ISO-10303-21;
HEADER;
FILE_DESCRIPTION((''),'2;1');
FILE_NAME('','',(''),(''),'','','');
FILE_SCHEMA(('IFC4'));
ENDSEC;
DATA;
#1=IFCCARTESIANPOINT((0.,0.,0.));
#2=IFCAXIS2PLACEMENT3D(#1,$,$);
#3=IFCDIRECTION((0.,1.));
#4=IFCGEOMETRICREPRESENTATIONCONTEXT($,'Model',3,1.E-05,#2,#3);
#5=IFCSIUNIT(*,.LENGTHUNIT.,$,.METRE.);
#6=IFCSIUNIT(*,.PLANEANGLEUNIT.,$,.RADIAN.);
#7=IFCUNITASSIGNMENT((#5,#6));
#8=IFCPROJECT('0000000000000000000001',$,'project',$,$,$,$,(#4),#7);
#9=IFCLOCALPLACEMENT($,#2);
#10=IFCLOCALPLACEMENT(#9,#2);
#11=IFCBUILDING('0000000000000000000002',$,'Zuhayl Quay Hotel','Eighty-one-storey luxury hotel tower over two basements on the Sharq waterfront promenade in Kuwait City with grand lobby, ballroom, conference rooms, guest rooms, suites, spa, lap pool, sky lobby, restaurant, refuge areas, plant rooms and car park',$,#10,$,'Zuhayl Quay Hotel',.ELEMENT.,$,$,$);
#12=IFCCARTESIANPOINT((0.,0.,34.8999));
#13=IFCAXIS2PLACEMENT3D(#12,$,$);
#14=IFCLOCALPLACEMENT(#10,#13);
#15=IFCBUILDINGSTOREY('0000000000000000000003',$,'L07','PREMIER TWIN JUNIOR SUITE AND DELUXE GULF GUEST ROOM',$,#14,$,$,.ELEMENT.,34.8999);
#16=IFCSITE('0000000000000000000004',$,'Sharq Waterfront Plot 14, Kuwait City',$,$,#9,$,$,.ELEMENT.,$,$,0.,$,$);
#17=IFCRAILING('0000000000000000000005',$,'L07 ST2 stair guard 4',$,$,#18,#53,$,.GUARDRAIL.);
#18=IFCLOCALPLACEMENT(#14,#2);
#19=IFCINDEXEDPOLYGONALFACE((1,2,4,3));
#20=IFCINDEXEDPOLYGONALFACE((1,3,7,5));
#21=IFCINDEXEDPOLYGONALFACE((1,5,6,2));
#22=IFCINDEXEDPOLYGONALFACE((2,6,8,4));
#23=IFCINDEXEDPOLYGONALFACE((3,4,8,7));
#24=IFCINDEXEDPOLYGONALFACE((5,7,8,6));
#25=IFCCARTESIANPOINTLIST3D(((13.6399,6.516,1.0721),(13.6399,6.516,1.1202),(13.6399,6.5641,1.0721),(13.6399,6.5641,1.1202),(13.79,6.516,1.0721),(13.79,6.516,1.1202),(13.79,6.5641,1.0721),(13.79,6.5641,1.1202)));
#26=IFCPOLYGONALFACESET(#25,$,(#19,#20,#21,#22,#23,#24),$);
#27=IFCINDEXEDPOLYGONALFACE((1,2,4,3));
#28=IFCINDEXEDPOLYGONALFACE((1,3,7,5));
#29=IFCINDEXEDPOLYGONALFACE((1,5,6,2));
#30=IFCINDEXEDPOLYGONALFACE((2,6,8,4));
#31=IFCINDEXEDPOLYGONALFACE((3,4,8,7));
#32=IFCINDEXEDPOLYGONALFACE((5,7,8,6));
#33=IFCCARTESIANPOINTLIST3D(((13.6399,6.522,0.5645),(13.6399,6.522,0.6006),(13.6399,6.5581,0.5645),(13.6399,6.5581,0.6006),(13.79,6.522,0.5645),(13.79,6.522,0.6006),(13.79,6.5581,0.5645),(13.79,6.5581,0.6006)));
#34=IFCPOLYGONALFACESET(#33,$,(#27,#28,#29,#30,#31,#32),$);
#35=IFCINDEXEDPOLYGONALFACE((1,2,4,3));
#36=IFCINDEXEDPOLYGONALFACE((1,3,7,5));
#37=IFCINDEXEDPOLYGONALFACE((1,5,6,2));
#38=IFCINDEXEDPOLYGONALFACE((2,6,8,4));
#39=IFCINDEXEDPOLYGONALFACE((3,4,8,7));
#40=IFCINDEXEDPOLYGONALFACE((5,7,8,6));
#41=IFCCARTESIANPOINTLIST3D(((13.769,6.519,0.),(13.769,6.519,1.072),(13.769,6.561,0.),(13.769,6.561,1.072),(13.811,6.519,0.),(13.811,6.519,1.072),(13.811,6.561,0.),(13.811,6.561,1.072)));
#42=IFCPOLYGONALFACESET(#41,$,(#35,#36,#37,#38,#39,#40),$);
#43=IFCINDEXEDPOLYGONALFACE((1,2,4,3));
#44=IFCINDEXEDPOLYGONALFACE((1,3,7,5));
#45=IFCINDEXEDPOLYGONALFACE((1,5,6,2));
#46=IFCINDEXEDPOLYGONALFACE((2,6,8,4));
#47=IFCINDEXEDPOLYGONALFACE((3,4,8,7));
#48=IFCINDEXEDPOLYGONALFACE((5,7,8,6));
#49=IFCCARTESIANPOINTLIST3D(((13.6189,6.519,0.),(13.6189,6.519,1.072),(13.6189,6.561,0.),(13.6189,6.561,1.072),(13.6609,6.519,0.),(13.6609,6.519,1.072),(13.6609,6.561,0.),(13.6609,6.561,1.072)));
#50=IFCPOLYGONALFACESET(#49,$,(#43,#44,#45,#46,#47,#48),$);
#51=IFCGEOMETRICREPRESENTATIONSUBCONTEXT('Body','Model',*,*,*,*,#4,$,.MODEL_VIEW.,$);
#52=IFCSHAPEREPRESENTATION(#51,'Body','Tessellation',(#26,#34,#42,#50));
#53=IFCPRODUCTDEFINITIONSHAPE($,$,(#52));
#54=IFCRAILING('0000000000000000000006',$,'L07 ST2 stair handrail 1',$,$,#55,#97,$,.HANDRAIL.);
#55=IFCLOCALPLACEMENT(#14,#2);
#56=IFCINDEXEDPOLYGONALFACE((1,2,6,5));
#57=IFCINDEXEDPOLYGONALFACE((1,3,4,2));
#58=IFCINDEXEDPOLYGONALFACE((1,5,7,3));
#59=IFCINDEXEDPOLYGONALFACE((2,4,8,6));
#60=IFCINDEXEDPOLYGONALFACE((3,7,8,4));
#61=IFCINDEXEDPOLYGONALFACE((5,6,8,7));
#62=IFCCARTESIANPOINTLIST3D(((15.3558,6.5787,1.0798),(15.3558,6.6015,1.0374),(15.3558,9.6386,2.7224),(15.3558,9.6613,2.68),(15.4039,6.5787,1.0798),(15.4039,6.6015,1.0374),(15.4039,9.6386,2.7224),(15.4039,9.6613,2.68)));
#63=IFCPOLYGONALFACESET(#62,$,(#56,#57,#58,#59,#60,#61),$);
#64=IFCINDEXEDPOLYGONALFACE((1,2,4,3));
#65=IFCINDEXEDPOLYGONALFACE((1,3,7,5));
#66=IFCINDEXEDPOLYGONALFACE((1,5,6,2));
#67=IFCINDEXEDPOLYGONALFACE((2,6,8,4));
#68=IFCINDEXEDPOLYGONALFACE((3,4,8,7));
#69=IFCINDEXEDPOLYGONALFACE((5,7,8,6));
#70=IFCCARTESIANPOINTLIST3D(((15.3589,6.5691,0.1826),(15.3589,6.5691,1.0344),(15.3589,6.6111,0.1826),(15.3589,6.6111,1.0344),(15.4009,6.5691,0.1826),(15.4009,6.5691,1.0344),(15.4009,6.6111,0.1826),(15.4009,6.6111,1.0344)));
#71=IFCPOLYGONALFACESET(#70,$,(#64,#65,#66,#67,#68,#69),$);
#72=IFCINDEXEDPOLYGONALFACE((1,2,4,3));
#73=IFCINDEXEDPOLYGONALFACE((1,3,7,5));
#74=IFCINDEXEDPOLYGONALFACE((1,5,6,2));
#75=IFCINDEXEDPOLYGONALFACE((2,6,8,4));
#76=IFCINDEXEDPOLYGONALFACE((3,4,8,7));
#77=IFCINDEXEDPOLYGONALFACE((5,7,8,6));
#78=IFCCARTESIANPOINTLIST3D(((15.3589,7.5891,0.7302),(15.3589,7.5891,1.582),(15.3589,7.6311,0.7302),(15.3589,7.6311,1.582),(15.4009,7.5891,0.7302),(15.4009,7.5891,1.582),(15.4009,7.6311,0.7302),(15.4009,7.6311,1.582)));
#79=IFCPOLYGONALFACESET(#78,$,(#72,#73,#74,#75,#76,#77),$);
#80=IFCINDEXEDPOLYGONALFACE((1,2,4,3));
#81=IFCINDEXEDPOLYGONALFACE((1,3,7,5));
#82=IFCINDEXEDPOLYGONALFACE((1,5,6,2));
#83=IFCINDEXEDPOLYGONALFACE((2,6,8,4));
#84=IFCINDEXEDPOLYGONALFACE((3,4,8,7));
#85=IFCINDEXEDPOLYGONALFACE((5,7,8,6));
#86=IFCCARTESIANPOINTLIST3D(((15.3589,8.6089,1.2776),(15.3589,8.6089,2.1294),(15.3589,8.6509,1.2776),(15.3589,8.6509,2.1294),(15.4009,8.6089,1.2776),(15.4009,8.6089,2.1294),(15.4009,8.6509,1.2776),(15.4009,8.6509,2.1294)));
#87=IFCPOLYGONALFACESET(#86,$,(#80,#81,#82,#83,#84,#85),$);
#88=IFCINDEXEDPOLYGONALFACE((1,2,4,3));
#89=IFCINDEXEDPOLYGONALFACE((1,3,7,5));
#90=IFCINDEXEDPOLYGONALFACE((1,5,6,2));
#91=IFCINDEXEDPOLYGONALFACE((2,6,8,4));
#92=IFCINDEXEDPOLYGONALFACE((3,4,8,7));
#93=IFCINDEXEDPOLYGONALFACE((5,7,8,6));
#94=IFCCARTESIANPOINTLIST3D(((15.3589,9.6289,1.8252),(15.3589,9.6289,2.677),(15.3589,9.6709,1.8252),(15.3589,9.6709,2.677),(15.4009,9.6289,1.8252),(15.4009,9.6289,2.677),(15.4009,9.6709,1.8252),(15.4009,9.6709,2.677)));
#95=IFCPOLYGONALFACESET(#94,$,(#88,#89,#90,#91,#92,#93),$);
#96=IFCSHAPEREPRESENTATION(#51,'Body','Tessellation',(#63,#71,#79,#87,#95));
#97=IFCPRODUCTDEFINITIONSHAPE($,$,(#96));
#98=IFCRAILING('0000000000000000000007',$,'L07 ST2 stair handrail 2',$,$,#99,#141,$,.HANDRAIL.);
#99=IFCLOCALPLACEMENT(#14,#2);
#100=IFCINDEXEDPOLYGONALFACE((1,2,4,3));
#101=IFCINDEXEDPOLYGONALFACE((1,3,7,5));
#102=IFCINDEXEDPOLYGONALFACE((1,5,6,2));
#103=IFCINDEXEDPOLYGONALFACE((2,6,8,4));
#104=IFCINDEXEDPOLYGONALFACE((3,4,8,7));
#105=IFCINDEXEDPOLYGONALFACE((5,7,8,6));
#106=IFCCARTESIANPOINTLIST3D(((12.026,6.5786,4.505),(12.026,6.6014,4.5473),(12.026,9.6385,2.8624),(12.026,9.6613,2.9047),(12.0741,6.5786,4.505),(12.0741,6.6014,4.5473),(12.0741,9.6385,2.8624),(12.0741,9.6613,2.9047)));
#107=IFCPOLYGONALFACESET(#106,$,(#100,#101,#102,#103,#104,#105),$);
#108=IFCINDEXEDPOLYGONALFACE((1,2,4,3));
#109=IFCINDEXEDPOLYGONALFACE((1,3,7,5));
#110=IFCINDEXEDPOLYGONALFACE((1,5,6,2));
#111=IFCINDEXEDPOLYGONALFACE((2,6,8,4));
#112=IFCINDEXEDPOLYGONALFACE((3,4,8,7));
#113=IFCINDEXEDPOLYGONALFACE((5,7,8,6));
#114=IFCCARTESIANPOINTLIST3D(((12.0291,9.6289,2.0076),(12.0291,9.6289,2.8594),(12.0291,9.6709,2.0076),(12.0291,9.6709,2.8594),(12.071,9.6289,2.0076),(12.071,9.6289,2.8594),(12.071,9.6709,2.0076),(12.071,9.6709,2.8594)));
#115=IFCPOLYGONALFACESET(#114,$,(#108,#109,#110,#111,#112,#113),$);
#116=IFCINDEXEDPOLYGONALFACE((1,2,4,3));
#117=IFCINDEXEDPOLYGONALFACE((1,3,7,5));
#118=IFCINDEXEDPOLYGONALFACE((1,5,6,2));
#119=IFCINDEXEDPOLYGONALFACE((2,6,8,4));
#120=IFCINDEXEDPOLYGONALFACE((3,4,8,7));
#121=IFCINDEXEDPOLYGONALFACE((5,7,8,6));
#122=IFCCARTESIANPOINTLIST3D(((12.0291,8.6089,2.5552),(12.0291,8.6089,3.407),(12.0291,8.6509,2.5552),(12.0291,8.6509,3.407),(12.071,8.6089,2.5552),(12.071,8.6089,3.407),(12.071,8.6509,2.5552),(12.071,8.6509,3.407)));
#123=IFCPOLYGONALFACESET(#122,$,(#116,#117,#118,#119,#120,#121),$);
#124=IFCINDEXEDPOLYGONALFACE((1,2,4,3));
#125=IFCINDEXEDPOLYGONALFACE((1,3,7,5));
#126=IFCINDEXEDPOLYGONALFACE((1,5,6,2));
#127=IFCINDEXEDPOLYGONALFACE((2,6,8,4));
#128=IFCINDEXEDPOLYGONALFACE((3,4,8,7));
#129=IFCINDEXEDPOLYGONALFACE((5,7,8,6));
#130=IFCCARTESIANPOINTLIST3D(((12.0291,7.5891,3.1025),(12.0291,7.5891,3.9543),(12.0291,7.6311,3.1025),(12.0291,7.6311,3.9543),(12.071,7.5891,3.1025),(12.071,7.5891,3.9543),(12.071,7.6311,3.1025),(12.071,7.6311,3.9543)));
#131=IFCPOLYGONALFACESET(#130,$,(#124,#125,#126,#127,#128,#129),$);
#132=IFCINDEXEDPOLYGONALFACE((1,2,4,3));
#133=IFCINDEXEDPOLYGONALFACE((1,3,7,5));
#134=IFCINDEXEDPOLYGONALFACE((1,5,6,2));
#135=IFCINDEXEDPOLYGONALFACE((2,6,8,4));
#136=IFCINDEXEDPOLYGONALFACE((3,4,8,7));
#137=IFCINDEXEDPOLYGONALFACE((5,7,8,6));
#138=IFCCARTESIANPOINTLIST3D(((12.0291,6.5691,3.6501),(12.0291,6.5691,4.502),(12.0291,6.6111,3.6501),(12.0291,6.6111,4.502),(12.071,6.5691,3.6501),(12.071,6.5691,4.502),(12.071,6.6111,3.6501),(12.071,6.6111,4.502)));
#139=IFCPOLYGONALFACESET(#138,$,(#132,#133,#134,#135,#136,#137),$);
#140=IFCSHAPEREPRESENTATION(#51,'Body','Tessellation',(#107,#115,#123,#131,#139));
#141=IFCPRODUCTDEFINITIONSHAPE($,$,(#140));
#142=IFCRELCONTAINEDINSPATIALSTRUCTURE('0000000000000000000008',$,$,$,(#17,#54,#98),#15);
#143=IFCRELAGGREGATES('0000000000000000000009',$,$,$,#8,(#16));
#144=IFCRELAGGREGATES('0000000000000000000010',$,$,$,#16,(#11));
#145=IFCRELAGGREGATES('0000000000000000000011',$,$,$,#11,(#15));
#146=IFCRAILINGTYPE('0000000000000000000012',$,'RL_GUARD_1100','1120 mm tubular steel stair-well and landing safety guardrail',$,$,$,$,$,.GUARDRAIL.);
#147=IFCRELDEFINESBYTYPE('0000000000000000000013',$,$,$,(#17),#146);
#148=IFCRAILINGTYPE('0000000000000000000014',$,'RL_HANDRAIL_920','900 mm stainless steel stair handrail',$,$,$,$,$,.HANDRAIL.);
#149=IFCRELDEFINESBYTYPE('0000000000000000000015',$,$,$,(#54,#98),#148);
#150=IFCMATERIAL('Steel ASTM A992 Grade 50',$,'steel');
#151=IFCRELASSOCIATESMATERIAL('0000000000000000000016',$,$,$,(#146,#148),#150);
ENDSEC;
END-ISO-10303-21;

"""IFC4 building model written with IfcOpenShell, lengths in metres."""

from ifc_helpers import new_model, si_unit, direction, frame, origin, origin_2d, place, context, subcontext, project, spatial, rectangle, extrude, material, type_object, element, save


model = new_model("IFC4")

# Units and contexts
model_context = context("Model", 3, precision=1e-05, world=origin(), true_north=direction((0.0, 1.0)))
body_context = subcontext(model_context, "Body", "Model", "MODEL_VIEW")
ifc_project = project(units=[si_unit("LENGTHUNIT", "METRE"), si_unit("PLANEANGLEUNIT", "RADIAN")], contexts=[model_context])

# Site, building, storey
site_placement = place(None, origin())
site = spatial("IfcSite", under=ifc_project, at=site_placement, Name="Sharq Waterfront Plot 14, Kuwait City", CompositionType="ELEMENT", RefElevation=0.0)
building_placement = place(site_placement, origin())
building = spatial("IfcBuilding", under=site, at=building_placement, Name="Zuhayl Quay Hotel", Description="Eighty-one-storey luxury hotel tower over two basements on the Sharq waterfront promenade in Kuwait City with grand lobby, ballroom, conference rooms, guest rooms, suites, spa, lap pool, sky lobby, restaurant, refuge areas, plant rooms and car park", LongName="Zuhayl Quay Hotel", CompositionType="ELEMENT")
storey_placement = place(building_placement, frame((0.0, 0.0, 34.8999)))
storey = spatial("IfcBuildingStorey", under=building, at=storey_placement, Name="L07", Description="PREMIER TWIN JUNIOR SUITE AND DELUXE GULF GUEST ROOM", CompositionType="ELEMENT", Elevation=34.8999)

# Shared definitions
ifc_material_1 = material(Name="Steel ASTM A992 Grade 50", Category="steel")

# Railings
railing_type_1 = type_object("IfcRailingType", Name="RL_GUARD_1100", Description="1120 mm tubular steel stair-well and landing safety guardrail", PredefinedType="GUARDRAIL", material=ifc_material_1)
railing_1_placement = place(storey_placement, frame((13.79, 6.54, 0.0)))
element("IfcRailing", 1, at=railing_1_placement, inside=storey, type_object=railing_type_1, Name="L07 ST2 stair guard 4", PredefinedType="GUARDRAIL", context=body_context, shape_type="SweptSolid", body=[
    extrude(rectangle(XDim=0.0481, YDim=0.0481, at=origin_2d()), frame((0.0, 0.0, 1.0962), z_axis=(-1.0, 0.0, 0.0), x_axis=(0.0, -1.0, 0.0)), (0.0, 0.0, 1.0), 0.1501),
    extrude(rectangle(XDim=0.0361, YDim=0.0361, at=origin_2d()), frame((0.0, 0.0, 0.5825), z_axis=(-1.0, 0.0, 0.0), x_axis=(0.0, -1.0, 0.0)), (0.0, 0.0, 1.0), 0.1501),
    extrude(rectangle(XDim=0.042, YDim=0.042, at=origin_2d()), origin(), (0.0, 0.0, 1.0), 1.072),
    extrude(rectangle(XDim=0.042, YDim=0.042, at=origin_2d()), frame((-0.1501, 0.0, 0.0)), (0.0, 0.0, 1.0), 1.072),
])
railing_type_2 = type_object("IfcRailingType", Name="RL_HANDRAIL_920", Description="900 mm stainless steel stair handrail", PredefinedType="HANDRAIL", material=ifc_material_1)
railing_2_placement = place(storey_placement, frame((15.3799, 6.5901, 0.1826)))
element("IfcRailing", 2, at=railing_2_placement, inside=storey, type_object=railing_type_2, Name="L07 ST2 stair handrail 1", PredefinedType="HANDRAIL", context=body_context, shape_type="SweptSolid", body=[
    extrude(rectangle(XDim=0.0481, YDim=0.0481, at=origin_2d()), frame((0.0, 0.0, 0.876), z_axis=(0.0, 0.881073, 0.47298), x_axis=(-1.0, 0.0, 0.0)), (0.0, 0.0, 1.0), 3.4729),
    extrude(rectangle(XDim=0.042, YDim=0.042, at=origin_2d()), origin(), (0.0, 0.0, 1.0), 0.8518),
    extrude(rectangle(XDim=0.042, YDim=0.042, at=origin_2d()), frame((0.0, 1.02, 0.5476)), (0.0, 0.0, 1.0), 0.8518),
    extrude(rectangle(XDim=0.042, YDim=0.042, at=origin_2d()), frame((0.0, 2.0398, 1.095)), (0.0, 0.0, 1.0), 0.8518),
    extrude(rectangle(XDim=0.042, YDim=0.042, at=origin_2d()), frame((0.0, 3.0598, 1.6426)), (0.0, 0.0, 1.0), 0.8518),
])
railing_3_placement = place(storey_placement, frame((12.05, 9.6499, 2.0076)))
element("IfcRailing", 3, at=railing_3_placement, inside=storey, type_object=railing_type_2, Name="L07 ST2 stair handrail 2", PredefinedType="HANDRAIL", context=body_context, shape_type="SweptSolid", body=[
    extrude(rectangle(XDim=0.0481, YDim=0.0481, at=origin_2d()), frame((0.0, 0.0, 0.876), z_axis=(0.0, -0.881073, 0.47298), x_axis=(1.0, 0.0, 0.0)), (0.0, 0.0, 1.0), 3.4729),
    extrude(rectangle(XDim=0.042, YDim=0.042, at=origin_2d()), origin(), (0.0, 0.0, 1.0), 0.8518),
    extrude(rectangle(XDim=0.042, YDim=0.042, at=origin_2d()), frame((0.0, -1.02, 0.5476)), (0.0, 0.0, 1.0), 0.8518),
    extrude(rectangle(XDim=0.042, YDim=0.042, at=origin_2d()), frame((0.0, -2.0398, 1.095)), (0.0, 0.0, 1.0), 0.8518),
    extrude(rectangle(XDim=0.042, YDim=0.042, at=origin_2d()), frame((0.0, -3.0598, 1.6426)), (0.0, 0.0, 1.0), 0.8518),
])

save(model, "model.ifc")
